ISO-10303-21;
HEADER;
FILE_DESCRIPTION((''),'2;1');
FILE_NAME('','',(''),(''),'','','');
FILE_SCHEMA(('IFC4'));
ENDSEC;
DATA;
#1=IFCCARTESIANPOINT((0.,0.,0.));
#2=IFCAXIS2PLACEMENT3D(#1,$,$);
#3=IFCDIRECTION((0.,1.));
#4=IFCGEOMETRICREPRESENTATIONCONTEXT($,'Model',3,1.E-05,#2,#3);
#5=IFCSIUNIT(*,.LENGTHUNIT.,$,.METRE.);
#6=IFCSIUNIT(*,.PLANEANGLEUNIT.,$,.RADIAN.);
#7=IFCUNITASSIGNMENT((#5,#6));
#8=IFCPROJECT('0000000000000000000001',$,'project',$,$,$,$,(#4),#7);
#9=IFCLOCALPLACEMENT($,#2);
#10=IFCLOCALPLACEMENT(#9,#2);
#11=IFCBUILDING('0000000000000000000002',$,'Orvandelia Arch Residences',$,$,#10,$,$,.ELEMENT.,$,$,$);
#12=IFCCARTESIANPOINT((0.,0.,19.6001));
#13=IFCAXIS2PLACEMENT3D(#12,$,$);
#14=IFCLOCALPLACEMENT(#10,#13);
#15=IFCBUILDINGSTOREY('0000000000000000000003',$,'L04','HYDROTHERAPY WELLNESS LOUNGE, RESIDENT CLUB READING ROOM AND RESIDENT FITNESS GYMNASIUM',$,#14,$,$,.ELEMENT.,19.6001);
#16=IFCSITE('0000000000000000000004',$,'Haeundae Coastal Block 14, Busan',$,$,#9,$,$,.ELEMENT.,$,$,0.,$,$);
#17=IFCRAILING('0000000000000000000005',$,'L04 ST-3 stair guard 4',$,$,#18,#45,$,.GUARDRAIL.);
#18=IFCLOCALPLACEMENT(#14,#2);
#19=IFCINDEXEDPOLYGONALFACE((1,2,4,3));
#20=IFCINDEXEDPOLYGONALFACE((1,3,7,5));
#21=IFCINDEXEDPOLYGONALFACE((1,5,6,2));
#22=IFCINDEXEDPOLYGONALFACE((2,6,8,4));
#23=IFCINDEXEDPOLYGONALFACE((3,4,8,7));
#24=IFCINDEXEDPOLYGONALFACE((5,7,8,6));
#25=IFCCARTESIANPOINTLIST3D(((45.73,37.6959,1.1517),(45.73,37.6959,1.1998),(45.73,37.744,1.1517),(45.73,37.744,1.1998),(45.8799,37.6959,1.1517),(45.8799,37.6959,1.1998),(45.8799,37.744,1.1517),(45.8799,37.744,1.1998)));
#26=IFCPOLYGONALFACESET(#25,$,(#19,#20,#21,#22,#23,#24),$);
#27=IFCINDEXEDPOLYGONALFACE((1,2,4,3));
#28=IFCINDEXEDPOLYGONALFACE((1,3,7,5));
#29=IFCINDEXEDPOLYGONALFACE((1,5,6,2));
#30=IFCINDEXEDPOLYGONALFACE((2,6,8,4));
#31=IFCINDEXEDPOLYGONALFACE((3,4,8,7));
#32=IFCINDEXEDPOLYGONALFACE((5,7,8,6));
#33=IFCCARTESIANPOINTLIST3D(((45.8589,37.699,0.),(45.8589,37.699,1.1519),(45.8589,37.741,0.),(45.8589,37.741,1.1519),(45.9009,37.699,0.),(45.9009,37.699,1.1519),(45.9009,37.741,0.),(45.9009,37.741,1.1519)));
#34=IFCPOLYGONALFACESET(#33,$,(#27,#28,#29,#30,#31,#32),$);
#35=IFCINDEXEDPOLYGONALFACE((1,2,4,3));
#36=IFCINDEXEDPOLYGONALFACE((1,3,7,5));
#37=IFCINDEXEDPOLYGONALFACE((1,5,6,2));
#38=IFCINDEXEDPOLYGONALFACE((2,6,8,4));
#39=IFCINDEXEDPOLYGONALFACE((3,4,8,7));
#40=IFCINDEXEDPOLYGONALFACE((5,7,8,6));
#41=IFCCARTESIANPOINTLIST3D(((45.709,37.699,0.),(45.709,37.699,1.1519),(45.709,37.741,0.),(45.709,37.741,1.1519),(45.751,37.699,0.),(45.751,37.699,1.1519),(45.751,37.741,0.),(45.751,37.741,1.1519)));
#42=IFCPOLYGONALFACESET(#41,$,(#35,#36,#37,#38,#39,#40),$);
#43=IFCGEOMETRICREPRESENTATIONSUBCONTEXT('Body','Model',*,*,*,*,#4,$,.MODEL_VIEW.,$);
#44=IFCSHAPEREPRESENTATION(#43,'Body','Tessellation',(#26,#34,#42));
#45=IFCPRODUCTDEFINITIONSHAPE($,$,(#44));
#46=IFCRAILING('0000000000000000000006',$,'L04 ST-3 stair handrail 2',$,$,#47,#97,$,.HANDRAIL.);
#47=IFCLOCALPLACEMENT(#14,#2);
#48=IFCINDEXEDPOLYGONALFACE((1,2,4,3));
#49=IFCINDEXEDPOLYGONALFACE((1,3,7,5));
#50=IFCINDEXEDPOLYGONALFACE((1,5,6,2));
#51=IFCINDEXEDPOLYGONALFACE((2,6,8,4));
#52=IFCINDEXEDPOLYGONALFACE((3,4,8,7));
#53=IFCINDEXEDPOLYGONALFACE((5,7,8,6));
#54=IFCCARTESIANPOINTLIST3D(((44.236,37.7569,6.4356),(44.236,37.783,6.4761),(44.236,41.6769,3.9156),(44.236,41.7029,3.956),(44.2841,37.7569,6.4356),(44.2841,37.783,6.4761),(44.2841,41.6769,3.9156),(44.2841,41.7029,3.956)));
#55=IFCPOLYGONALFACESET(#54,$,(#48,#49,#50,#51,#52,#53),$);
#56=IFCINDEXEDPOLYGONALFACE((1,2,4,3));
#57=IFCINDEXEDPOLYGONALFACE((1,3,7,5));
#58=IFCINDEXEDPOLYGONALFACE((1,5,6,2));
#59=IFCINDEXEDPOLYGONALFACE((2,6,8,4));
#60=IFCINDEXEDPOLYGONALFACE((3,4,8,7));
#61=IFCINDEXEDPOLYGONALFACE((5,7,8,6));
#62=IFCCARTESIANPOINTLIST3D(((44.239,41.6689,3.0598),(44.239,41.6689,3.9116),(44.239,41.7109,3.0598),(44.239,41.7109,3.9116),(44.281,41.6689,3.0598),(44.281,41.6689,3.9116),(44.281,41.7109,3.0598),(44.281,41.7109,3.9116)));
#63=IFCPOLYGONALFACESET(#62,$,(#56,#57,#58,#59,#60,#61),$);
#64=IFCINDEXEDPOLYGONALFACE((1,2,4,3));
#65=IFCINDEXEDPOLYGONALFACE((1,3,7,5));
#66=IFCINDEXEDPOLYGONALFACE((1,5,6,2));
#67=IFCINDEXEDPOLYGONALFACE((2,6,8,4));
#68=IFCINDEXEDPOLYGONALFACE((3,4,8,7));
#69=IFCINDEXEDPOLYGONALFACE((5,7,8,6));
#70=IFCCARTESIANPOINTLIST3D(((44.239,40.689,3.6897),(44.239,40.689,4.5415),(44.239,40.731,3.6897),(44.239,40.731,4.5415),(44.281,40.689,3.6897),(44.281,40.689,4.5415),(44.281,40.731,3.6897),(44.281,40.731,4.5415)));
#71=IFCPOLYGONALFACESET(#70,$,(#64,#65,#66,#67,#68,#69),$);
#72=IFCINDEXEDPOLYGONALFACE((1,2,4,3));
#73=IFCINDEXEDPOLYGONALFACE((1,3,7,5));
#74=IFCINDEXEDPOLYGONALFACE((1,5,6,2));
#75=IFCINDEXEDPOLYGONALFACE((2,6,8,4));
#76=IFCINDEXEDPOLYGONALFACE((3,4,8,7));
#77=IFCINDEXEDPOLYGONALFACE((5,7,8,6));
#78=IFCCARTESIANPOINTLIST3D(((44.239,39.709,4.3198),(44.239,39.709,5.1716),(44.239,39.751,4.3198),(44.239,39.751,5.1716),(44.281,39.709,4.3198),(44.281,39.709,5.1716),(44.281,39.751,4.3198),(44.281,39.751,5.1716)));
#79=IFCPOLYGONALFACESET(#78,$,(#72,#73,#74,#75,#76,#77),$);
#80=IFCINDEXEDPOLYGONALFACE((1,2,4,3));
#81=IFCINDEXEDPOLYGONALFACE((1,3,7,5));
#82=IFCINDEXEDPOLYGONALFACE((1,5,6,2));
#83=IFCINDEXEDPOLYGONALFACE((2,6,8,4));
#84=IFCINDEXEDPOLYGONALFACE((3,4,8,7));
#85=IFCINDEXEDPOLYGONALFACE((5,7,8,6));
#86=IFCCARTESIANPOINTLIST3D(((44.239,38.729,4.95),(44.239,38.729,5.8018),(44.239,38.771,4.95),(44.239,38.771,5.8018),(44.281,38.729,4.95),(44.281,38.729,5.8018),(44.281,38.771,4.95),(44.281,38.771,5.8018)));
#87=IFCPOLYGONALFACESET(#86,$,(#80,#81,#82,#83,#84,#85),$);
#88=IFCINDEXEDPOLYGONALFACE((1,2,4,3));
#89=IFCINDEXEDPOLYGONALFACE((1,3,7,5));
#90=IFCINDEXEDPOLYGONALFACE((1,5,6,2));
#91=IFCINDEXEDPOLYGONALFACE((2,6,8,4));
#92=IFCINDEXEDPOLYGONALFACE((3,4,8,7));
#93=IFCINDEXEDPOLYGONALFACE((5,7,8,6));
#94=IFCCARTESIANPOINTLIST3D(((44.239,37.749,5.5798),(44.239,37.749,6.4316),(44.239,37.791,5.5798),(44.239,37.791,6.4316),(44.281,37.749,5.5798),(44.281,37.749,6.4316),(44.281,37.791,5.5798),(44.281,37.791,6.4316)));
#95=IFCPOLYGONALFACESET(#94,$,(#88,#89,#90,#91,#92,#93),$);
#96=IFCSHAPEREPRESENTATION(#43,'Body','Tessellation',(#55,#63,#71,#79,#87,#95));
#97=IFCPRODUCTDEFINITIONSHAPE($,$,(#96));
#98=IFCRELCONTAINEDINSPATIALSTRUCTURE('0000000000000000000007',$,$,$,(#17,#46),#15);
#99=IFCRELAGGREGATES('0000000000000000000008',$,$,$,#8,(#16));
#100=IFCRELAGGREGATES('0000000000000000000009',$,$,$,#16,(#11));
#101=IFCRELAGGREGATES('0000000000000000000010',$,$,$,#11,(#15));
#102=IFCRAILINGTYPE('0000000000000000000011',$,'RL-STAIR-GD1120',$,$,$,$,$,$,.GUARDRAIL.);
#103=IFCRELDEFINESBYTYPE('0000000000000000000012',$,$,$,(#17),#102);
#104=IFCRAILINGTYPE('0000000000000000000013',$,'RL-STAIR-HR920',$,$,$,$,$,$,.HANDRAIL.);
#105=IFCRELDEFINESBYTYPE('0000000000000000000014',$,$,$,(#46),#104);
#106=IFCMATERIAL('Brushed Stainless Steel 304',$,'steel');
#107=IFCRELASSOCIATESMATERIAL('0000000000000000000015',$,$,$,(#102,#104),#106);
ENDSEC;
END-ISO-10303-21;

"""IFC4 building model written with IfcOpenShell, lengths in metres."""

from ifc_helpers import new_model, si_unit, direction, frame, origin, origin_2d, place, context, subcontext, project, spatial, rectangle, extrude, material, type_object, element, save


model = new_model("IFC4")

# Units and contexts
model_context = context("Model", 3, precision=1e-05, world=origin(), true_north=direction((0.0, 1.0)))
body_context = subcontext(model_context, "Body", "Model", "MODEL_VIEW")
ifc_project = project(units=[si_unit("LENGTHUNIT", "METRE"), si_unit("PLANEANGLEUNIT", "RADIAN")], contexts=[model_context])

# Site, building, storey
site_placement = place(None, origin())
site = spatial("IfcSite", under=ifc_project, at=site_placement, Name="Haeundae Coastal Block 14, Busan", CompositionType="ELEMENT", RefElevation=0.0)
building_placement = place(site_placement, origin())
building = spatial("IfcBuilding", under=site, at=building_placement, Name="Orvandelia Arch Residences", CompositionType="ELEMENT")
storey_placement = place(building_placement, frame((0.0, 0.0, 19.6001)))
storey = spatial("IfcBuildingStorey", under=building, at=storey_placement, Name="L04", Description="HYDROTHERAPY WELLNESS LOUNGE, RESIDENT CLUB READING ROOM AND RESIDENT FITNESS GYMNASIUM", CompositionType="ELEMENT", Elevation=19.6001)

# Railings
ifc_material_1 = material(Name="Brushed Stainless Steel 304", Category="steel")
railing_type_1 = type_object("IfcRailingType", Name="RL-STAIR-GD1120", PredefinedType="GUARDRAIL", material=ifc_material_1)
railing_1_placement = place(storey_placement, frame((45.8799, 37.72, 0.0)))
element("IfcRailing", 1, at=railing_1_placement, inside=storey, type_object=railing_type_1, Name="L04 ST-3 stair guard 4", PredefinedType="GUARDRAIL", context=body_context, shape_type="SweptSolid", body=[
    extrude(rectangle(XDim=0.0481, YDim=0.0481, at=origin_2d()), frame((0.0, 0.0, 1.1758), z_axis=(-1.0, 0.0, 0.0), x_axis=(0.0, -1.0, 0.0)), (0.0, 0.0, 1.0), 0.1499),
    extrude(rectangle(XDim=0.042, YDim=0.042, at=origin_2d()), origin(), (0.0, 0.0, 1.0), 1.1519),
    extrude(rectangle(XDim=0.042, YDim=0.042, at=origin_2d()), frame((-0.1499, 0.0, 0.0)), (0.0, 0.0, 1.0), 1.1519),
])
railing_type_2 = type_object("IfcRailingType", Name="RL-STAIR-HR920", PredefinedType="HANDRAIL", material=ifc_material_1)
railing_2_placement = place(storey_placement, frame((44.26, 41.6899, 3.0598)))
element("IfcRailing", 2, at=railing_2_placement, inside=storey, type_object=railing_type_2, Name="L04 ST-3 stair handrail 2", PredefinedType="HANDRAIL", context=body_context, shape_type="SweptSolid", body=[
    extrude(rectangle(XDim=0.0481, YDim=0.0481, at=origin_2d()), frame((0.0, 0.0, 0.876), z_axis=(0.0, -0.841172, 0.540768), x_axis=(1.0, 0.0, 0.0)), (0.0, 0.0, 1.0), 4.6602),
    extrude(rectangle(XDim=0.042, YDim=0.042, at=origin_2d()), origin(), (0.0, 0.0, 1.0), 0.8518),
    extrude(rectangle(XDim=0.042, YDim=0.042, at=origin_2d()), frame((0.0, -0.98, 0.6299)), (0.0, 0.0, 1.0), 0.8518),
    extrude(rectangle(XDim=0.042, YDim=0.042, at=origin_2d()), frame((0.0, -1.96, 1.26)), (0.0, 0.0, 1.0), 0.8518),
    extrude(rectangle(XDim=0.042, YDim=0.042, at=origin_2d()), frame((0.0, -2.9399, 1.8901)), (0.0, 0.0, 1.0), 0.8518),
    extrude(rectangle(XDim=0.042, YDim=0.042, at=origin_2d()), frame((0.0, -3.9199, 2.52)), (0.0, 0.0, 1.0), 0.8518),
])

save(model, "model.ifc")
